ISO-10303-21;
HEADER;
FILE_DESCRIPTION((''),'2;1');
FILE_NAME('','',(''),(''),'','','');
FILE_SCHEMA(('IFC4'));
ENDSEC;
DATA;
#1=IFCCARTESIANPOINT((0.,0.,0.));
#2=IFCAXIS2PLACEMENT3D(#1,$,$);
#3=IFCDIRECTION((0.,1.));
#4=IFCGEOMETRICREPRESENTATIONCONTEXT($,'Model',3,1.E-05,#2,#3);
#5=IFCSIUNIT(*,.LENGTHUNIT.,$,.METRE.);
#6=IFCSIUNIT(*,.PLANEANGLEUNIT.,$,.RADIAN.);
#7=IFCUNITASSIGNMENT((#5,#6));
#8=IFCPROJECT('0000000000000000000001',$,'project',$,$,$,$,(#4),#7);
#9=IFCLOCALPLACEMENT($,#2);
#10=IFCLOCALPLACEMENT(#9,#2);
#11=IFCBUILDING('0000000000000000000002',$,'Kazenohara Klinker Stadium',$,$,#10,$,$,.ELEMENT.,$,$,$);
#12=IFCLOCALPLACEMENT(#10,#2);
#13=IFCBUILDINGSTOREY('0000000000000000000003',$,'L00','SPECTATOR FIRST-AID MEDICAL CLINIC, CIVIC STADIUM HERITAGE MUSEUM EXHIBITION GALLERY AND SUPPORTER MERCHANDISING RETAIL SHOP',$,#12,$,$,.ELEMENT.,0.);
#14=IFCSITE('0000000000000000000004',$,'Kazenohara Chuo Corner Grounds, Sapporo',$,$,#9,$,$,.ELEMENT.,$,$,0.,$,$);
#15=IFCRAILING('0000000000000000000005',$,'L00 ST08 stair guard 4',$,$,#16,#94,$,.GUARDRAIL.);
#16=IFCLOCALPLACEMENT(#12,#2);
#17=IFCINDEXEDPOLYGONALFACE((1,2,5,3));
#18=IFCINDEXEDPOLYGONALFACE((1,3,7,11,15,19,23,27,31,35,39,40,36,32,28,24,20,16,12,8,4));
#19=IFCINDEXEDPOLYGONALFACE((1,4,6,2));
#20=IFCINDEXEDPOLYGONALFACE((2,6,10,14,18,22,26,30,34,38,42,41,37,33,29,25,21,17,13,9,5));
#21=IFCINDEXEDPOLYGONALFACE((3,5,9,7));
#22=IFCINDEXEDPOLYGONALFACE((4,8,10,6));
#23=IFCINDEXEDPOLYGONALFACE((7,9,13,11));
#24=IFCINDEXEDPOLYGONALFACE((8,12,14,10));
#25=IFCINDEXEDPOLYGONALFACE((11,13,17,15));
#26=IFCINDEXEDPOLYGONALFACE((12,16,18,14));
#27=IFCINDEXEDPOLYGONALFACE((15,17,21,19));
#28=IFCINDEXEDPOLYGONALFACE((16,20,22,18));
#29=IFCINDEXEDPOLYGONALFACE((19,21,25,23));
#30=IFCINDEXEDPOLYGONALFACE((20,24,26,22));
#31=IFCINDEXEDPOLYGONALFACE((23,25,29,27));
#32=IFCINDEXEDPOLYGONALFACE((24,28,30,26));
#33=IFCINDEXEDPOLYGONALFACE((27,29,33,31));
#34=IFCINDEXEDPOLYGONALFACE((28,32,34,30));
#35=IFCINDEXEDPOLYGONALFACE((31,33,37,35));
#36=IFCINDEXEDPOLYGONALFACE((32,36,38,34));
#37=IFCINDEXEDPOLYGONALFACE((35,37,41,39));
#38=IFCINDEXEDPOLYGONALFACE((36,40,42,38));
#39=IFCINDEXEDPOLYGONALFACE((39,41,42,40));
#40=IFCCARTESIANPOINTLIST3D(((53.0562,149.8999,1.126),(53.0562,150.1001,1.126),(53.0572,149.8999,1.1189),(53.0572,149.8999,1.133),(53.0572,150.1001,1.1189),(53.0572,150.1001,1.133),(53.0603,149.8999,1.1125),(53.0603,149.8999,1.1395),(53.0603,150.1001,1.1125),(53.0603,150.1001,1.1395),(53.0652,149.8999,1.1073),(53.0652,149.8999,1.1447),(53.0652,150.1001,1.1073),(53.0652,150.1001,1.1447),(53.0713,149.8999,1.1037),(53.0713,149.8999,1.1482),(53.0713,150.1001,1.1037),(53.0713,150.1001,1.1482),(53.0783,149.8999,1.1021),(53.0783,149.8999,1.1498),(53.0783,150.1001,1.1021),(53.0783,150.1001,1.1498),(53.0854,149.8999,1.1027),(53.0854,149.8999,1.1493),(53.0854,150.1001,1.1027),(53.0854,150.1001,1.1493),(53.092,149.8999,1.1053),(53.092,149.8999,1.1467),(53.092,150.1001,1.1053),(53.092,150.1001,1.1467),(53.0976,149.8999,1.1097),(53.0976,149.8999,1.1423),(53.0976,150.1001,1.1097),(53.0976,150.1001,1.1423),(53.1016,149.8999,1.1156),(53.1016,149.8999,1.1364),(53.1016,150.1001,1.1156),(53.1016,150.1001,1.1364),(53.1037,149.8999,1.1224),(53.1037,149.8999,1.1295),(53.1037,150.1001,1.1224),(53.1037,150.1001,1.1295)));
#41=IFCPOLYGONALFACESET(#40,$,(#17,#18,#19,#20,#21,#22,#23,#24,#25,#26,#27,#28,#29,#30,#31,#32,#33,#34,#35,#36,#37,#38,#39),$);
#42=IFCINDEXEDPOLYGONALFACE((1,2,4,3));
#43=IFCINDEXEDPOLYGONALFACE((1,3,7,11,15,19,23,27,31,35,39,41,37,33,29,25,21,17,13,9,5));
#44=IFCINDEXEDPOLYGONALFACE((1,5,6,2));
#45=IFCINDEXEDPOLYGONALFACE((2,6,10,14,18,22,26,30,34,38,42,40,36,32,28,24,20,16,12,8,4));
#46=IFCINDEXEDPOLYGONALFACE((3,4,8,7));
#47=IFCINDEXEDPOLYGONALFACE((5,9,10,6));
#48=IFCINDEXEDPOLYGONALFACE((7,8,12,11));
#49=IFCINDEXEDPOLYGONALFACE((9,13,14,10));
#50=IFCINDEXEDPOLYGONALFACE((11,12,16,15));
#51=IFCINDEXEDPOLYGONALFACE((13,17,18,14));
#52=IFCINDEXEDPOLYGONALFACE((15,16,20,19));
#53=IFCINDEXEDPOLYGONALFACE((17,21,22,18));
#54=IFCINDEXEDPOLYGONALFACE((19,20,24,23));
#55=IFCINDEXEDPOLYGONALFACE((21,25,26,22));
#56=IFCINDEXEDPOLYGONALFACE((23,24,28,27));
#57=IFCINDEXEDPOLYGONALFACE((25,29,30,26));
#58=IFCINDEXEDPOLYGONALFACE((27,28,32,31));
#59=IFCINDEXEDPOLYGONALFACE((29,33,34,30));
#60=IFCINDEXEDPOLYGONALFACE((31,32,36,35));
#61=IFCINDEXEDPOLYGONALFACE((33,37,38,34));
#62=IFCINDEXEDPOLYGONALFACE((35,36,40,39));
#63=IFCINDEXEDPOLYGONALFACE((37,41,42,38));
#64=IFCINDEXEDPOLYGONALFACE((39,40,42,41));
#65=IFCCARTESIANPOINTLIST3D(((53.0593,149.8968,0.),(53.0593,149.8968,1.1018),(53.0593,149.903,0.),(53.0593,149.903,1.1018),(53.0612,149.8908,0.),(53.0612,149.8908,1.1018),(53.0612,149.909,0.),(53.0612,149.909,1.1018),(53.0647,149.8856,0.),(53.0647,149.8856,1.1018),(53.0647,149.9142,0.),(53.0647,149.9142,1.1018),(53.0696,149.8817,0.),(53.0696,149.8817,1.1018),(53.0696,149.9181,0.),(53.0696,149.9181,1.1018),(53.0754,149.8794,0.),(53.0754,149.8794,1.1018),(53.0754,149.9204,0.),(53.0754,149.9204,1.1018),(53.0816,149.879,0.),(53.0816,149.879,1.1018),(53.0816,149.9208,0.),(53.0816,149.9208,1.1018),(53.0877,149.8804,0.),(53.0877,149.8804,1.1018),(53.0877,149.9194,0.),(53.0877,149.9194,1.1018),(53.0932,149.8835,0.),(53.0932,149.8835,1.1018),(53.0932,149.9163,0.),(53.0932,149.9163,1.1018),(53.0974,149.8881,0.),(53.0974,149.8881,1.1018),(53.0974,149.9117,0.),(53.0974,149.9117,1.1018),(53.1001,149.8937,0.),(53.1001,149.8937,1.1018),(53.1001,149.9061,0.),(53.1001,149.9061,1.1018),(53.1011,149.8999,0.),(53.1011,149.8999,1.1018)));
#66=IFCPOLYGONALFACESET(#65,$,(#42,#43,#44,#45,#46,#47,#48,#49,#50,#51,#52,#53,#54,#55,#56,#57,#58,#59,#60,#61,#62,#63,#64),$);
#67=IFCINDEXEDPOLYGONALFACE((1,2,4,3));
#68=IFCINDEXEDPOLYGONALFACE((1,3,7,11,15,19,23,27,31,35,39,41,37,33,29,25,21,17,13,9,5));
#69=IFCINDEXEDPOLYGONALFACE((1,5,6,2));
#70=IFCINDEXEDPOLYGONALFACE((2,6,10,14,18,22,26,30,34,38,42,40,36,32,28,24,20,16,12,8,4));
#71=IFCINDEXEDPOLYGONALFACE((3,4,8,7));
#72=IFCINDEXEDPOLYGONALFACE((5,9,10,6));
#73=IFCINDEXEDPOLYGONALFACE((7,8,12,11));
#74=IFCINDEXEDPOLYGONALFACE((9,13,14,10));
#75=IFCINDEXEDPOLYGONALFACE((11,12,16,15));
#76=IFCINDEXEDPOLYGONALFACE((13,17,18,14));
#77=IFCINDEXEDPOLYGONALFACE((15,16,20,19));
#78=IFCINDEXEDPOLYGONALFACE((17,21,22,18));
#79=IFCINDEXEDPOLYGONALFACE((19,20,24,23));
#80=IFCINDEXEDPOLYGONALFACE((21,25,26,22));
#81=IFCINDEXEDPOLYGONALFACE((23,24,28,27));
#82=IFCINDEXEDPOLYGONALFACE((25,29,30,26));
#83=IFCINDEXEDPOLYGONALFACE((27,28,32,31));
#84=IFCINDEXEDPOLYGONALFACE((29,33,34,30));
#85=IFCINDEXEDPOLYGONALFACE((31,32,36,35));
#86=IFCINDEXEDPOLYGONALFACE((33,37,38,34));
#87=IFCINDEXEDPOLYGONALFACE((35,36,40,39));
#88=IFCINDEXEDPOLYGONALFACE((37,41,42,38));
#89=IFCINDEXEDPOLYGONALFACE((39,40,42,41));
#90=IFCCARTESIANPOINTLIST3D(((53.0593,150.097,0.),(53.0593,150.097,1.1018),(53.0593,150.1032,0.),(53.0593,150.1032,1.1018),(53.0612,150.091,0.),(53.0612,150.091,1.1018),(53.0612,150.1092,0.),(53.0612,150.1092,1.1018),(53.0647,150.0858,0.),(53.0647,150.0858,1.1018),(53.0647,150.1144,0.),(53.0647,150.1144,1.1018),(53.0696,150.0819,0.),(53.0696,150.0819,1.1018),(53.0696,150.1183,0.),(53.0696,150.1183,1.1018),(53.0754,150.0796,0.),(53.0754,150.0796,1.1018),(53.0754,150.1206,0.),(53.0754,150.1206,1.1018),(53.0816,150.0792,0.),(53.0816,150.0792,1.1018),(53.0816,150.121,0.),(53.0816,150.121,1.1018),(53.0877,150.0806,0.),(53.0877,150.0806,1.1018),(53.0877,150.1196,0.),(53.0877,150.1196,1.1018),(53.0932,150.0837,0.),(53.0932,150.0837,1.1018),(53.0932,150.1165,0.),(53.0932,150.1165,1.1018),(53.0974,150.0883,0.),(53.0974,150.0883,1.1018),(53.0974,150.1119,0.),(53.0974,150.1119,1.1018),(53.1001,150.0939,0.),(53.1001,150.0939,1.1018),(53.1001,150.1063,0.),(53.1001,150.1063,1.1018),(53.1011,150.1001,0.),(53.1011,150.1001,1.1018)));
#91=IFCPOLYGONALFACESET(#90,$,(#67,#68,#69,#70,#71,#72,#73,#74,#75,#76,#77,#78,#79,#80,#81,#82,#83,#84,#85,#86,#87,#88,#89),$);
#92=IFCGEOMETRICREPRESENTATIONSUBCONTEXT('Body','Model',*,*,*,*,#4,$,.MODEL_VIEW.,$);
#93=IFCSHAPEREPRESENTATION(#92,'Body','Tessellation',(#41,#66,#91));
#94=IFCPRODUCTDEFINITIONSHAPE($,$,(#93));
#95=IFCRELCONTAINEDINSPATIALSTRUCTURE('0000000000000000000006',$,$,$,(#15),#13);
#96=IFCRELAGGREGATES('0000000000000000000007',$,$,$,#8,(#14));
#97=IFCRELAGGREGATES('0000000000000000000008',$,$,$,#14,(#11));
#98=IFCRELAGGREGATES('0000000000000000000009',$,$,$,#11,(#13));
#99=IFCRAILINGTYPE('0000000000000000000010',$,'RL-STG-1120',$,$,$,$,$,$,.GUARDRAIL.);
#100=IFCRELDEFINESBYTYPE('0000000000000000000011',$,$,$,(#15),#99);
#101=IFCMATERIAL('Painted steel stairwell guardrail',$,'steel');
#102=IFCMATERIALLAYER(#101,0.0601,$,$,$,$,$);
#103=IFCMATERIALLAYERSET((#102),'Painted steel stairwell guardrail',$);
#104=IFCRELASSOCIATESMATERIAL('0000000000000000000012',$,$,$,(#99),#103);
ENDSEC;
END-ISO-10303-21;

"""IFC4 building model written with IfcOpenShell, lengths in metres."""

from ifc_helpers import new_model, si_unit, direction, frame, origin, origin_2d, place, context, subcontext, project, spatial, circle, extrude, material, layer, layer_set, type_object, element, save


model = new_model("IFC4")

# Units and contexts
model_context = context("Model", 3, precision=1e-05, world=origin(), true_north=direction((0.0, 1.0)))
body_context = subcontext(model_context, "Body", "Model", "MODEL_VIEW")
ifc_project = project(units=[si_unit("LENGTHUNIT", "METRE"), si_unit("PLANEANGLEUNIT", "RADIAN")], contexts=[model_context])

# Site, building, storey
site_placement = place(None, origin())
site = spatial("IfcSite", under=ifc_project, at=site_placement, Name="Kazenohara Chuo Corner Grounds, Sapporo", CompositionType="ELEMENT", RefElevation=0.0)
building_placement = place(site_placement, origin())
building = spatial("IfcBuilding", under=site, at=building_placement, Name="Kazenohara Klinker Stadium", CompositionType="ELEMENT")
storey_placement = place(building_placement, origin())
storey = spatial("IfcBuildingStorey", under=building, at=storey_placement, Name="L00", Description="SPECTATOR FIRST-AID MEDICAL CLINIC, CIVIC STADIUM HERITAGE MUSEUM EXHIBITION GALLERY AND SUPPORTER MERCHANDISING RETAIL SHOP", CompositionType="ELEMENT", Elevation=0.0)

# Railing
ifc_material_1 = material(Name="Painted steel stairwell guardrail", Category="steel")
ifc_layer_1 = layer(ifc_material_1, 0.0601)
ifc_layer_set_1 = layer_set([ifc_layer_1], Name="Painted steel stairwell guardrail")
railing_type_1 = type_object("IfcRailingType", Name="RL-STG-1120", PredefinedType="GUARDRAIL", material=ifc_layer_set_1)
railing_1_placement = place(storey_placement, frame((53.0801, 149.8999, 0.0)))
element("IfcRailing", 1, at=railing_1_placement, inside=storey, type_object=railing_type_1, Name="L00 ST08 stair guard 4", PredefinedType="GUARDRAIL", context=body_context, shape_type="SweptSolid", body=[
    extrude(circle(Radius=0.0239, at=origin_2d()), frame((0.0, 0.0, 1.126), z_axis=(0.0, 1.0, 0.0), x_axis=(-1.0, 0.0, 0.0)), (0.0, 0.0, 1.0), 0.2002),
    extrude(circle(Radius=0.021, at=origin_2d()), origin(), (0.0, 0.0, 1.0), 1.1018),
    extrude(circle(Radius=0.021, at=origin_2d()), frame((0.0, 0.2002, 0.0)), (0.0, 0.0, 1.0), 1.1018),
])

save(model, "model.ifc")
